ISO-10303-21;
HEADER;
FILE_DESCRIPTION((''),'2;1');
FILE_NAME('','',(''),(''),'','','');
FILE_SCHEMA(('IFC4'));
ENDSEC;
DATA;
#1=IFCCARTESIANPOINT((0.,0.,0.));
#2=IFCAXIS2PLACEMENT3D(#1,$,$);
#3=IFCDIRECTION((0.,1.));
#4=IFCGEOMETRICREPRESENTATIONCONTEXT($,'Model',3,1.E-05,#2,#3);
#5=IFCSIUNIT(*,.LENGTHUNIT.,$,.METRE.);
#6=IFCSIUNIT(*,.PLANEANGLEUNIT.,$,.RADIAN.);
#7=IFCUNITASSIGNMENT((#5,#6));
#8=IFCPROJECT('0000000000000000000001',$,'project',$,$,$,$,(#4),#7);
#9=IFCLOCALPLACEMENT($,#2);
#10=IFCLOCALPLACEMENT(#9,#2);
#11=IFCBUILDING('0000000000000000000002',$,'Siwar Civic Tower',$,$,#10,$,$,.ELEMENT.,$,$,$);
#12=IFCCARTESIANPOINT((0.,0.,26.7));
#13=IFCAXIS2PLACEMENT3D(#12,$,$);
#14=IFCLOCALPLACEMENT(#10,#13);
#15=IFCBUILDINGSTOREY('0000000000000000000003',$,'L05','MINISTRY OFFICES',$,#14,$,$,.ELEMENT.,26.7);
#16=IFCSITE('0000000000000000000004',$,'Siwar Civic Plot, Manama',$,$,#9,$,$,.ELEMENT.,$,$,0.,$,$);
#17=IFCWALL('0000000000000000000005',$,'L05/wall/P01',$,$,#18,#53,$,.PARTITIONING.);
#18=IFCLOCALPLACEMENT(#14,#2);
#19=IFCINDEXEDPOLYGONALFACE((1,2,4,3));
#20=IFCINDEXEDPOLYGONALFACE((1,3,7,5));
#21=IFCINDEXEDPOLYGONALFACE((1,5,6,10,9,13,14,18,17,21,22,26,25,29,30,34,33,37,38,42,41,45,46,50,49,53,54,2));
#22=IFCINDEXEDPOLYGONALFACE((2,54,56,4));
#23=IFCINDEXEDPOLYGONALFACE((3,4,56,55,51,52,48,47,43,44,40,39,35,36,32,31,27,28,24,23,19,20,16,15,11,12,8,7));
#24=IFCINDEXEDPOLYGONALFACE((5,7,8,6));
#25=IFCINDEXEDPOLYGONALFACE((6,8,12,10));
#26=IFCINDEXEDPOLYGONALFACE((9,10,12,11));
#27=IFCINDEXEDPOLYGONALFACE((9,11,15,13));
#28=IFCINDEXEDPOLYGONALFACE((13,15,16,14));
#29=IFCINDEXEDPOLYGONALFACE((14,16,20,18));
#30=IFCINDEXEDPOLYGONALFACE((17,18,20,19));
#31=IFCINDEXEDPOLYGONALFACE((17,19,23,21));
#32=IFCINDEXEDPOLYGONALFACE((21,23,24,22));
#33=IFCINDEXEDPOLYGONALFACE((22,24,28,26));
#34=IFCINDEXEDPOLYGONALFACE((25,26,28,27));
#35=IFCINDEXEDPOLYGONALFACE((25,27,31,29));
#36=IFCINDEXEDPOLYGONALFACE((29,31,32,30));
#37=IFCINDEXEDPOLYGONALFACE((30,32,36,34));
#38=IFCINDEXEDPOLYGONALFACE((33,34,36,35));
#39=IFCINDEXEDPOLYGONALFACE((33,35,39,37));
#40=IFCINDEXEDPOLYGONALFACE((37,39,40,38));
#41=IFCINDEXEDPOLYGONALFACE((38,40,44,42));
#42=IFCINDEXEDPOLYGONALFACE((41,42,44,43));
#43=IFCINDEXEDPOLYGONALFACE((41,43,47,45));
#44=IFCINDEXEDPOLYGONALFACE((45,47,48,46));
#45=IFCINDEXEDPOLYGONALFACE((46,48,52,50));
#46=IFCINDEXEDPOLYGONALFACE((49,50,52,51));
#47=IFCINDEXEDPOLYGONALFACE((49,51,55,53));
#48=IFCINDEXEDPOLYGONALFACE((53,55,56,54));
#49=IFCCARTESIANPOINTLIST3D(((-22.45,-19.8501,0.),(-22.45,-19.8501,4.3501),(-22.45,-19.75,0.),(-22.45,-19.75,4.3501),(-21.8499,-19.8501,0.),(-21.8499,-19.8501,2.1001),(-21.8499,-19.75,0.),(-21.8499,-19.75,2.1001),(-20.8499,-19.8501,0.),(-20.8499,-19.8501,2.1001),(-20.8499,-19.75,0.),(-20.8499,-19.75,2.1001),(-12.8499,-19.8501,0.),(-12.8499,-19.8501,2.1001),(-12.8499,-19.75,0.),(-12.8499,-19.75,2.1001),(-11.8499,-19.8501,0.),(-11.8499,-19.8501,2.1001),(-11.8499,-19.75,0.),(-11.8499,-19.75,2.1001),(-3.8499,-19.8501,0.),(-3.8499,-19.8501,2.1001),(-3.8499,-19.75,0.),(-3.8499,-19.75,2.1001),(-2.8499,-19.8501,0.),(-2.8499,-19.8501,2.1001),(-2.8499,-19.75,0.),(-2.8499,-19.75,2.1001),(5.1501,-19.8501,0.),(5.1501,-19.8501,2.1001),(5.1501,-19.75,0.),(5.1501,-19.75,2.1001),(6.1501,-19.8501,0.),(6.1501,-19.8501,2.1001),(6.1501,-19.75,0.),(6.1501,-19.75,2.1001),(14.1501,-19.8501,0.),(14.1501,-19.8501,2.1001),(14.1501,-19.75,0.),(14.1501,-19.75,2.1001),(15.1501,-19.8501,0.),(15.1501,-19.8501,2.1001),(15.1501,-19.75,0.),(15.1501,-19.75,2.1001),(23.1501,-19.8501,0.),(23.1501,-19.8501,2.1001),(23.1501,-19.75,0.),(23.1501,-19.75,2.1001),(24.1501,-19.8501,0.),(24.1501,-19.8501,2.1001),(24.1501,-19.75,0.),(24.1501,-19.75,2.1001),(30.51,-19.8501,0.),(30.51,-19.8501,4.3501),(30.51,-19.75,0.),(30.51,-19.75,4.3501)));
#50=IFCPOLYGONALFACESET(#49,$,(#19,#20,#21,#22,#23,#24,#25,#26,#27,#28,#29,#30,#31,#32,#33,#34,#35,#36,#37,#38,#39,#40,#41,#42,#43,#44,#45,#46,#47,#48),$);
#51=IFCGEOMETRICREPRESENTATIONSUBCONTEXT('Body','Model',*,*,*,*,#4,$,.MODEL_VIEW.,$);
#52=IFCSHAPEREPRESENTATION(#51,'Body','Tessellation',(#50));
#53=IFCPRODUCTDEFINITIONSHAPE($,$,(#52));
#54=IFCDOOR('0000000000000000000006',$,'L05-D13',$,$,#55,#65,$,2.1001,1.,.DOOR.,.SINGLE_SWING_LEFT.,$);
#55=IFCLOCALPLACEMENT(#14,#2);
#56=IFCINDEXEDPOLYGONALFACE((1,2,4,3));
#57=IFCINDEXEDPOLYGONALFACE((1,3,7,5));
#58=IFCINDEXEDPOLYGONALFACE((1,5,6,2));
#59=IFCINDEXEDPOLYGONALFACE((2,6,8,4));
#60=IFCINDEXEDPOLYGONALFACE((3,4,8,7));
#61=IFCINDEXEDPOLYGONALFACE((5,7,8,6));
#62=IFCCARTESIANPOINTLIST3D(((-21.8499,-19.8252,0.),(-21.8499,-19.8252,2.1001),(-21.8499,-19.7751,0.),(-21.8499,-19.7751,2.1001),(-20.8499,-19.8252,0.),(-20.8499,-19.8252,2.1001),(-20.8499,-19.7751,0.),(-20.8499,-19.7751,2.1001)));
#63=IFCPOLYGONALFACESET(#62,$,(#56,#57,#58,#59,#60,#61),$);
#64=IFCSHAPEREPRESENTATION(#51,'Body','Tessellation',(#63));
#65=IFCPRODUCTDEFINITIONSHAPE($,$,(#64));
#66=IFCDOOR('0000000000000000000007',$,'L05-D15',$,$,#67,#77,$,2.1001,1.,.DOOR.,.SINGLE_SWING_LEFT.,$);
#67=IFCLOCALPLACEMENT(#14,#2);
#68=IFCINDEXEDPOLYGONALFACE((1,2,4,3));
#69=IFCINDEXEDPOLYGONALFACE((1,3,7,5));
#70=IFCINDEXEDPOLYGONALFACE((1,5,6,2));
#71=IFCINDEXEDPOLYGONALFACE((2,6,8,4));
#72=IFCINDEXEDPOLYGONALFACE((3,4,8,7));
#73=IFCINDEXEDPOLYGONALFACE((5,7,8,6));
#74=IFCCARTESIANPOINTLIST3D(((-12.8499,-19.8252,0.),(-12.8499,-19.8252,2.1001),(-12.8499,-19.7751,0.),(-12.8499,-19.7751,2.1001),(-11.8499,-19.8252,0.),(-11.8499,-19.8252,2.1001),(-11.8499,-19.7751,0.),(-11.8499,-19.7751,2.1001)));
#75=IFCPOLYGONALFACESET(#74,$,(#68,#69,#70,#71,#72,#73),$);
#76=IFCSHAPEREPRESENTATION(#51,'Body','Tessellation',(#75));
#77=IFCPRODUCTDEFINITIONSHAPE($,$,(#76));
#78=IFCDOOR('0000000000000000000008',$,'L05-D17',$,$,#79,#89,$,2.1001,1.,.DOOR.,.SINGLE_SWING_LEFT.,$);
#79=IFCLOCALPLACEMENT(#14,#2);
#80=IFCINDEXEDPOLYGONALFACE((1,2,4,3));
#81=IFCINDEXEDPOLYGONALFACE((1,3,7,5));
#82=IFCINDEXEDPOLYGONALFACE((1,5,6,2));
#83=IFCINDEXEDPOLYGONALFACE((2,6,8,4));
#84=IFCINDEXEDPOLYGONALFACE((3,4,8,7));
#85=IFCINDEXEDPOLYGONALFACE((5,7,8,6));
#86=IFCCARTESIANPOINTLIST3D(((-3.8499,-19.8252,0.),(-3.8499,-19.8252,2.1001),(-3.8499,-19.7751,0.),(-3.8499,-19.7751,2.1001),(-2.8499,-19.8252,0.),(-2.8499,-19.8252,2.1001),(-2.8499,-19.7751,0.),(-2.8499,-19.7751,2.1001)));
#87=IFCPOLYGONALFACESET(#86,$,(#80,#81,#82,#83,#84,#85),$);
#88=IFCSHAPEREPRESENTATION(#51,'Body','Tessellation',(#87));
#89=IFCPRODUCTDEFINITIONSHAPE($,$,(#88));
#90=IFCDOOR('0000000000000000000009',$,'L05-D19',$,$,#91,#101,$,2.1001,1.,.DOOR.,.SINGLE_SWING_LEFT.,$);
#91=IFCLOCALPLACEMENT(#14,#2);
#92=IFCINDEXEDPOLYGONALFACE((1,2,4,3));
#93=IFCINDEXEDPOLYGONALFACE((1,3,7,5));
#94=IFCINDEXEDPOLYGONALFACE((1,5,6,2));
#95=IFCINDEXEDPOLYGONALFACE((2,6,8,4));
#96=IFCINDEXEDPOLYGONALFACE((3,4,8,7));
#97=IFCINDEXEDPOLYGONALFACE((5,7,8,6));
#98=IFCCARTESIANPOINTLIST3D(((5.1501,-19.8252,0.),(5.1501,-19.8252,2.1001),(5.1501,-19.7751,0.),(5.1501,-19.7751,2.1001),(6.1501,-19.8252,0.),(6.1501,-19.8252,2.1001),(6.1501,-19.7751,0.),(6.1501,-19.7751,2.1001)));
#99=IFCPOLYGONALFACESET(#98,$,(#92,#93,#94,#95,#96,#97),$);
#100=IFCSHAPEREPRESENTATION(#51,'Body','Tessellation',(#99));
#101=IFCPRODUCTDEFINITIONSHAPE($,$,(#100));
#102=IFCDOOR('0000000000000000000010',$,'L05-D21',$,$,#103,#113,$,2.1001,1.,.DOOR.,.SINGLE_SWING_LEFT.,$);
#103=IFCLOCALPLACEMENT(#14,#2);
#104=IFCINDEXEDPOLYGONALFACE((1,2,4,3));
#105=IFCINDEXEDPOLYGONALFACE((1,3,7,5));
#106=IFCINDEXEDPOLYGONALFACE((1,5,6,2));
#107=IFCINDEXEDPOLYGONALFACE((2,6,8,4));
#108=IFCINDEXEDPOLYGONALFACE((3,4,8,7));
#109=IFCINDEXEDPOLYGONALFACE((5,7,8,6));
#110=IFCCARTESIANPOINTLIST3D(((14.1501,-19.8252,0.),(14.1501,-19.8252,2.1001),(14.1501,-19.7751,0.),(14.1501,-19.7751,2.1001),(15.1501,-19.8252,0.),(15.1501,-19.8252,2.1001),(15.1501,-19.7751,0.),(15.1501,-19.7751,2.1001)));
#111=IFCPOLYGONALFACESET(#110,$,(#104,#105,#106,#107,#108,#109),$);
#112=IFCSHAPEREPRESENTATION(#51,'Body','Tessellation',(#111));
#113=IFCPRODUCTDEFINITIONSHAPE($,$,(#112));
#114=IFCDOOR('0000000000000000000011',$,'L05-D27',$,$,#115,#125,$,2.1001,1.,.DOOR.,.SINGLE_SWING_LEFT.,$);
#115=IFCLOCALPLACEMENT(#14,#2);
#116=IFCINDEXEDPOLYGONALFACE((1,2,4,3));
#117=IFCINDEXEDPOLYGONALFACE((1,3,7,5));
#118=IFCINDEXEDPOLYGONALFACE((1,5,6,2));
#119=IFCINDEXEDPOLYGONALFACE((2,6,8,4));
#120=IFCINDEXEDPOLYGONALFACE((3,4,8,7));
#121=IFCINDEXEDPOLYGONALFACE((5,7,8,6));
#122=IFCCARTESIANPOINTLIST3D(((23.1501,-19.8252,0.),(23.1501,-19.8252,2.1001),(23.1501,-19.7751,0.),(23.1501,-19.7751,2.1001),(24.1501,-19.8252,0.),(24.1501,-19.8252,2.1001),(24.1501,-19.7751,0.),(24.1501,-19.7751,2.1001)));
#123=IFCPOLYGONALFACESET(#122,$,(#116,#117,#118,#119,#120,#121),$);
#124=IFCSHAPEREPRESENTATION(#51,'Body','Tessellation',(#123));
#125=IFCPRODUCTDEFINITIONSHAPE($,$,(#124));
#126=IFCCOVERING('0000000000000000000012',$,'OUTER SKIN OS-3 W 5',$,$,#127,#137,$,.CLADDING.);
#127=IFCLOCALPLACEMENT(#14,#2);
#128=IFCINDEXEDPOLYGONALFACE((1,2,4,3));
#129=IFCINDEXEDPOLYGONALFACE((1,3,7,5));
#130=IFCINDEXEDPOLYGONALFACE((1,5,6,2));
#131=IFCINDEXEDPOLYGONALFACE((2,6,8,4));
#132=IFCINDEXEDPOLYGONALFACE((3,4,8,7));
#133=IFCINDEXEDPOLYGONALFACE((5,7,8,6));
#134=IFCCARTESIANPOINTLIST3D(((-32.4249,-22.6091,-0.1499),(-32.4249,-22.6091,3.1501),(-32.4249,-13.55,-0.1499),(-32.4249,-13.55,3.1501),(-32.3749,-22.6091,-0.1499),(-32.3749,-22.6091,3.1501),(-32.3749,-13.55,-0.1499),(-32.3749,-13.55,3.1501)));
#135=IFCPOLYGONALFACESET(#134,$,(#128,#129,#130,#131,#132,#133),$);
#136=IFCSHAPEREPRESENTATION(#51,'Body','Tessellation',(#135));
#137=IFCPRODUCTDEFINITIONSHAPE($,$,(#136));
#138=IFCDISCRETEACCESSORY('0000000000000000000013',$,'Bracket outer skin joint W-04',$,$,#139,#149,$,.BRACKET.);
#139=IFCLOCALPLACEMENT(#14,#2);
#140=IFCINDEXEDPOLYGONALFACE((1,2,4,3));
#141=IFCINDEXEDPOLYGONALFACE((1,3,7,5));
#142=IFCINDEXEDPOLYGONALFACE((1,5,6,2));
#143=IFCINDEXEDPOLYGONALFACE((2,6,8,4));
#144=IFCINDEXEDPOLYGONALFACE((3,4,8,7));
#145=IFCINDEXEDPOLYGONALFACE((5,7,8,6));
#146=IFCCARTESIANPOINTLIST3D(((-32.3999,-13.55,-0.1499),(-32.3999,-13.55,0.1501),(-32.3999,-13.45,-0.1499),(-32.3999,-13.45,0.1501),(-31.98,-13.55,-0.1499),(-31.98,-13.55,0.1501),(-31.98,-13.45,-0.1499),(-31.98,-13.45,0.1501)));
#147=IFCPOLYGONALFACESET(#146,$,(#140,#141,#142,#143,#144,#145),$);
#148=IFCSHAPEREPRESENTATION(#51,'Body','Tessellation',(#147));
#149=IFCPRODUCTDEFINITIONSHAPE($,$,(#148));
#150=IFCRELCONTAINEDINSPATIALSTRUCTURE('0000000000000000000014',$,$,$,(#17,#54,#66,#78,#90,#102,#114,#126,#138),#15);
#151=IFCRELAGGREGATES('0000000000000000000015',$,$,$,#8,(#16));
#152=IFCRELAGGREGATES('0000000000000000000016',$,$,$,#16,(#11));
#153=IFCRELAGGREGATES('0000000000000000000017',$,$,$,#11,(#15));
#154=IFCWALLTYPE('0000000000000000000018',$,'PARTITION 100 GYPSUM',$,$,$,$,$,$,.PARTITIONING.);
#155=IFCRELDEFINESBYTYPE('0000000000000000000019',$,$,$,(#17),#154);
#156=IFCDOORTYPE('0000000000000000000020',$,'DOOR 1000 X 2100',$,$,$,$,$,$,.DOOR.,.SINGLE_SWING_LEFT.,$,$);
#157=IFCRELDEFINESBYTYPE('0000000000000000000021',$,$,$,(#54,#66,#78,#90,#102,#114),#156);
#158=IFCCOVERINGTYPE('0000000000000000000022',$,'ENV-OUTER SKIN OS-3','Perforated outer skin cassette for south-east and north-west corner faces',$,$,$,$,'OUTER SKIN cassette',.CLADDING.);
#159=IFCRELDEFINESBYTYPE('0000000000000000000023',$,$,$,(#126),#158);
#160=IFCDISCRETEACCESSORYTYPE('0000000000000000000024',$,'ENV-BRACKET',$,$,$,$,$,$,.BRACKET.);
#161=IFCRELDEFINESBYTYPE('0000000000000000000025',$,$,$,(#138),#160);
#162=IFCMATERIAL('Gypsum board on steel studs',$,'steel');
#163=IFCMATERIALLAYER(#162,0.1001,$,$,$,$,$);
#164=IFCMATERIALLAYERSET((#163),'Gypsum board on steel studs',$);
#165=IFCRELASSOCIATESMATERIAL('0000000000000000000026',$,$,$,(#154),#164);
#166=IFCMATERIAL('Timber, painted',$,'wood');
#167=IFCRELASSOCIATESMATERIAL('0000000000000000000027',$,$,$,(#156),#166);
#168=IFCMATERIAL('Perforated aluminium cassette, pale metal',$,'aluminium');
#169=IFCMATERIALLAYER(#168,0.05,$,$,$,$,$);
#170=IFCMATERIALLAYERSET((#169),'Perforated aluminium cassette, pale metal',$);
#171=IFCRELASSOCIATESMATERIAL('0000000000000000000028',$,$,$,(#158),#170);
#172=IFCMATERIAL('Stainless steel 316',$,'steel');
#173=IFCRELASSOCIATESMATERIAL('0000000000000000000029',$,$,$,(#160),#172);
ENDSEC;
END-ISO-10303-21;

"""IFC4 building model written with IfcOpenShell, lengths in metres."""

from ifc_helpers import new_model, si_unit, direction, frame, frame_2d, origin, origin_2d, place, context, subcontext, project, spatial, rectangle, extrude, material, layer, layer_set, type_object, element, fill, save


model = new_model("IFC4")

# Units and contexts
model_context = context("Model", 3, precision=1e-05, world=origin(), true_north=direction((0.0, 1.0)))
body_context = subcontext(model_context, "Body", "Model", "MODEL_VIEW")
ifc_project = project(units=[si_unit("LENGTHUNIT", "METRE"), si_unit("PLANEANGLEUNIT", "RADIAN")], contexts=[model_context])

# Site, building, storey
site_placement = place(None, origin())
site = spatial("IfcSite", under=ifc_project, at=site_placement, Name="Siwar Civic Plot, Manama", CompositionType="ELEMENT", RefElevation=0.0)
building_placement = place(site_placement, origin())
building = spatial("IfcBuilding", under=site, at=building_placement, Name="Siwar Civic Tower", CompositionType="ELEMENT")
storey_placement = place(building_placement, frame((0.0, 0.0, 26.7)))
storey = spatial("IfcBuildingStorey", under=building, at=storey_placement, Name="L05", Description="MINISTRY OFFICES", CompositionType="ELEMENT", Elevation=26.7)

# Wall, openings, doors
ifc_material_1 = material(Name="Gypsum board on steel studs", Category="steel")
ifc_layer_1 = layer(ifc_material_1, 0.1001)
ifc_layer_set_1 = layer_set([ifc_layer_1], Name="Gypsum board on steel studs")
wall_type_1 = type_object("IfcWallType", Name="PARTITION 100 GYPSUM", PredefinedType="PARTITIONING", material=ifc_layer_set_1)
wall_1_placement = place(storey_placement, frame((-22.45, -19.8, 0.0), z_axis=(0.0, 0.0, 1.0), x_axis=(1.0, 0.0, 0.0)))
wall_1 = element("IfcWall", 1, at=wall_1_placement, inside=storey, type_object=wall_type_1, Name="L05/wall/P01", PredefinedType="PARTITIONING", context=body_context, shape_type="SweptSolid", body=[
    extrude(rectangle(XDim=52.96, YDim=0.1001, at=frame_2d((26.48, 0.0))), origin(), (0.0, 0.0, 1.0), 4.3501),
])
opening_1_placement = place(wall_1_placement, frame((0.6001, 0.0, 0.0)))
opening_1 = element("IfcOpeningElement", 2, at=opening_1_placement, cuts=wall_1, PredefinedType="OPENING", context=body_context, shape_type="SweptSolid", body=[
    extrude(rectangle(XDim=1.0, YDim=2.1001, at=frame_2d((0.5, 1.05))), frame((0.0, 0.0601, 0.0), z_axis=(0.0, -1.0, 0.0), x_axis=(1.0, 0.0, 0.0)), (0.0, 0.0, 1.0), 0.1201),
])
opening_2_placement = place(wall_1_placement, frame((9.6001, 0.0, 0.0)))
opening_2 = element("IfcOpeningElement", 3, at=opening_2_placement, cuts=wall_1, PredefinedType="OPENING", context=body_context, shape_type="SweptSolid", body=[
    extrude(rectangle(XDim=1.0, YDim=2.1001, at=frame_2d((0.5, 1.05))), frame((0.0, 0.0601, 0.0), z_axis=(0.0, -1.0, 0.0), x_axis=(1.0, 0.0, 0.0)), (0.0, 0.0, 1.0), 0.1201),
])
opening_3_placement = place(wall_1_placement, frame((18.6001, 0.0, 0.0)))
opening_3 = element("IfcOpeningElement", 4, at=opening_3_placement, cuts=wall_1, PredefinedType="OPENING", context=body_context, shape_type="SweptSolid", body=[
    extrude(rectangle(XDim=1.0, YDim=2.1001, at=frame_2d((0.5, 1.05))), frame((0.0, 0.0601, 0.0), z_axis=(0.0, -1.0, 0.0), x_axis=(1.0, 0.0, 0.0)), (0.0, 0.0, 1.0), 0.1201),
])
opening_4_placement = place(wall_1_placement, frame((27.6001, 0.0, 0.0)))
opening_4 = element("IfcOpeningElement", 5, at=opening_4_placement, cuts=wall_1, PredefinedType="OPENING", context=body_context, shape_type="SweptSolid", body=[
    extrude(rectangle(XDim=1.0, YDim=2.1001, at=frame_2d((0.5, 1.05))), frame((0.0, 0.0601, 0.0), z_axis=(0.0, -1.0, 0.0), x_axis=(1.0, 0.0, 0.0)), (0.0, 0.0, 1.0), 0.1201),
])
opening_5_placement = place(wall_1_placement, frame((36.6001, 0.0, 0.0)))
opening_5 = element("IfcOpeningElement", 6, at=opening_5_placement, cuts=wall_1, PredefinedType="OPENING", context=body_context, shape_type="SweptSolid", body=[
    extrude(rectangle(XDim=1.0, YDim=2.1001, at=frame_2d((0.5, 1.05))), frame((0.0, 0.0601, 0.0), z_axis=(0.0, -1.0, 0.0), x_axis=(1.0, 0.0, 0.0)), (0.0, 0.0, 1.0), 0.1201),
])
opening_6_placement = place(wall_1_placement, frame((45.6001, 0.0, 0.0)))
opening_6 = element("IfcOpeningElement", 7, at=opening_6_placement, cuts=wall_1, PredefinedType="OPENING", context=body_context, shape_type="SweptSolid", body=[
    extrude(rectangle(XDim=1.0, YDim=2.1001, at=frame_2d((0.5, 1.05))), frame((0.0, 0.0601, 0.0), z_axis=(0.0, -1.0, 0.0), x_axis=(1.0, 0.0, 0.0)), (0.0, 0.0, 1.0), 0.1201),
])
ifc_material_2 = material(Name="Timber, painted", Category="wood")
door_type_1 = type_object("IfcDoorType", Name="DOOR 1000 X 2100", OperationType="SINGLE_SWING_LEFT", PredefinedType="DOOR", material=ifc_material_2)
door_1_placement = place(opening_1_placement, origin())
door_1 = element("IfcDoor", 8, at=door_1_placement, inside=storey, type_object=door_type_1, Name="L05-D13", OperationType="SINGLE_SWING_LEFT", OverallHeight=2.1001, OverallWidth=1.0, PredefinedType="DOOR", context=body_context, shape_type="SweptSolid", body=[
    extrude(rectangle(XDim=1.0, YDim=2.1001, at=frame_2d((0.5, 1.05))), frame((0.0, 0.0249, 0.0), z_axis=(0.0, -1.0, 0.0), x_axis=(1.0, 0.0, 0.0)), (0.0, 0.0, 1.0), 0.05),
])
fill(opening_1, door_1)
door_2_placement = place(opening_2_placement, origin())
door_2 = element("IfcDoor", 9, at=door_2_placement, inside=storey, type_object=door_type_1, Name="L05-D15", OperationType="SINGLE_SWING_LEFT", OverallHeight=2.1001, OverallWidth=1.0, PredefinedType="DOOR", context=body_context, shape_type="SweptSolid", body=[
    extrude(rectangle(XDim=1.0, YDim=2.1001, at=frame_2d((0.5, 1.05))), frame((0.0, 0.0249, 0.0), z_axis=(0.0, -1.0, 0.0), x_axis=(1.0, 0.0, 0.0)), (0.0, 0.0, 1.0), 0.05),
])
fill(opening_2, door_2)
door_3_placement = place(opening_3_placement, origin())
door_3 = element("IfcDoor", 10, at=door_3_placement, inside=storey, type_object=door_type_1, Name="L05-D17", OperationType="SINGLE_SWING_LEFT", OverallHeight=2.1001, OverallWidth=1.0, PredefinedType="DOOR", context=body_context, shape_type="SweptSolid", body=[
    extrude(rectangle(XDim=1.0, YDim=2.1001, at=frame_2d((0.5, 1.05))), frame((0.0, 0.0249, 0.0), z_axis=(0.0, -1.0, 0.0), x_axis=(1.0, 0.0, 0.0)), (0.0, 0.0, 1.0), 0.05),
])
fill(opening_3, door_3)
door_4_placement = place(opening_4_placement, origin())
door_4 = element("IfcDoor", 11, at=door_4_placement, inside=storey, type_object=door_type_1, Name="L05-D19", OperationType="SINGLE_SWING_LEFT", OverallHeight=2.1001, OverallWidth=1.0, PredefinedType="DOOR", context=body_context, shape_type="SweptSolid", body=[
    extrude(rectangle(XDim=1.0, YDim=2.1001, at=frame_2d((0.5, 1.05))), frame((0.0, 0.0249, 0.0), z_axis=(0.0, -1.0, 0.0), x_axis=(1.0, 0.0, 0.0)), (0.0, 0.0, 1.0), 0.05),
])
fill(opening_4, door_4)
door_5_placement = place(opening_5_placement, origin())
door_5 = element("IfcDoor", 12, at=door_5_placement, inside=storey, type_object=door_type_1, Name="L05-D21", OperationType="SINGLE_SWING_LEFT", OverallHeight=2.1001, OverallWidth=1.0, PredefinedType="DOOR", context=body_context, shape_type="SweptSolid", body=[
    extrude(rectangle(XDim=1.0, YDim=2.1001, at=frame_2d((0.5, 1.05))), frame((0.0, 0.0249, 0.0), z_axis=(0.0, -1.0, 0.0), x_axis=(1.0, 0.0, 0.0)), (0.0, 0.0, 1.0), 0.05),
])
fill(opening_5, door_5)
door_6_placement = place(opening_6_placement, origin())
door_6 = element("IfcDoor", 13, at=door_6_placement, inside=storey, type_object=door_type_1, Name="L05-D27", OperationType="SINGLE_SWING_LEFT", OverallHeight=2.1001, OverallWidth=1.0, PredefinedType="DOOR", context=body_context, shape_type="SweptSolid", body=[
    extrude(rectangle(XDim=1.0, YDim=2.1001, at=frame_2d((0.5, 1.05))), frame((0.0, 0.0249, 0.0), z_axis=(0.0, -1.0, 0.0), x_axis=(1.0, 0.0, 0.0)), (0.0, 0.0, 1.0), 0.05),
])
fill(opening_6, door_6)

# Covering
ifc_material_3 = material(Name="Perforated aluminium cassette, pale metal", Category="aluminium")
ifc_layer_2 = layer(ifc_material_3, 0.05)
ifc_layer_set_2 = layer_set([ifc_layer_2], Name="Perforated aluminium cassette, pale metal")
covering_type = type_object("IfcCoveringType", Name="ENV-OUTER SKIN OS-3", Description="Perforated outer skin cassette for south-east and north-west corner faces", ElementType="OUTER SKIN cassette", PredefinedType="CLADDING", material=ifc_layer_set_2)
covering_placement = place(storey_placement, frame((-32.3999, -18.0796, -0.1499), z_axis=(0.0, 0.0, 1.0), x_axis=(0.0, -1.0, 0.0)))
element("IfcCovering", 14, at=covering_placement, inside=storey, type_object=covering_type, Name="OUTER SKIN OS-3 W 5", PredefinedType="CLADDING", context=body_context, shape_type="SweptSolid", body=[
    extrude(rectangle(XDim=9.0591, YDim=0.05, at=origin_2d()), origin(), (0.0, 0.0, 1.0), 3.3),
])

# Discrete accessory
ifc_material_4 = material(Name="Stainless steel 316", Category="steel")
discrete_accessory_type = type_object("IfcDiscreteAccessoryType", Name="ENV-BRACKET", PredefinedType="BRACKET", material=ifc_material_4)
discrete_accessory_placement = place(storey_placement, frame((-32.1899, -13.5, -0.1499), z_axis=(0.0, 0.0, 1.0), x_axis=(-1.0, 0.0, 0.0)))
element("IfcDiscreteAccessory", 15, at=discrete_accessory_placement, inside=storey, type_object=discrete_accessory_type, Name="Bracket outer skin joint W-04", PredefinedType="BRACKET", context=body_context, shape_type="SweptSolid", body=[
    extrude(rectangle(XDim=0.4199, YDim=0.1001, at=origin_2d()), origin(), (0.0, 0.0, 1.0), 0.3),
])

save(model, "model.ifc")
